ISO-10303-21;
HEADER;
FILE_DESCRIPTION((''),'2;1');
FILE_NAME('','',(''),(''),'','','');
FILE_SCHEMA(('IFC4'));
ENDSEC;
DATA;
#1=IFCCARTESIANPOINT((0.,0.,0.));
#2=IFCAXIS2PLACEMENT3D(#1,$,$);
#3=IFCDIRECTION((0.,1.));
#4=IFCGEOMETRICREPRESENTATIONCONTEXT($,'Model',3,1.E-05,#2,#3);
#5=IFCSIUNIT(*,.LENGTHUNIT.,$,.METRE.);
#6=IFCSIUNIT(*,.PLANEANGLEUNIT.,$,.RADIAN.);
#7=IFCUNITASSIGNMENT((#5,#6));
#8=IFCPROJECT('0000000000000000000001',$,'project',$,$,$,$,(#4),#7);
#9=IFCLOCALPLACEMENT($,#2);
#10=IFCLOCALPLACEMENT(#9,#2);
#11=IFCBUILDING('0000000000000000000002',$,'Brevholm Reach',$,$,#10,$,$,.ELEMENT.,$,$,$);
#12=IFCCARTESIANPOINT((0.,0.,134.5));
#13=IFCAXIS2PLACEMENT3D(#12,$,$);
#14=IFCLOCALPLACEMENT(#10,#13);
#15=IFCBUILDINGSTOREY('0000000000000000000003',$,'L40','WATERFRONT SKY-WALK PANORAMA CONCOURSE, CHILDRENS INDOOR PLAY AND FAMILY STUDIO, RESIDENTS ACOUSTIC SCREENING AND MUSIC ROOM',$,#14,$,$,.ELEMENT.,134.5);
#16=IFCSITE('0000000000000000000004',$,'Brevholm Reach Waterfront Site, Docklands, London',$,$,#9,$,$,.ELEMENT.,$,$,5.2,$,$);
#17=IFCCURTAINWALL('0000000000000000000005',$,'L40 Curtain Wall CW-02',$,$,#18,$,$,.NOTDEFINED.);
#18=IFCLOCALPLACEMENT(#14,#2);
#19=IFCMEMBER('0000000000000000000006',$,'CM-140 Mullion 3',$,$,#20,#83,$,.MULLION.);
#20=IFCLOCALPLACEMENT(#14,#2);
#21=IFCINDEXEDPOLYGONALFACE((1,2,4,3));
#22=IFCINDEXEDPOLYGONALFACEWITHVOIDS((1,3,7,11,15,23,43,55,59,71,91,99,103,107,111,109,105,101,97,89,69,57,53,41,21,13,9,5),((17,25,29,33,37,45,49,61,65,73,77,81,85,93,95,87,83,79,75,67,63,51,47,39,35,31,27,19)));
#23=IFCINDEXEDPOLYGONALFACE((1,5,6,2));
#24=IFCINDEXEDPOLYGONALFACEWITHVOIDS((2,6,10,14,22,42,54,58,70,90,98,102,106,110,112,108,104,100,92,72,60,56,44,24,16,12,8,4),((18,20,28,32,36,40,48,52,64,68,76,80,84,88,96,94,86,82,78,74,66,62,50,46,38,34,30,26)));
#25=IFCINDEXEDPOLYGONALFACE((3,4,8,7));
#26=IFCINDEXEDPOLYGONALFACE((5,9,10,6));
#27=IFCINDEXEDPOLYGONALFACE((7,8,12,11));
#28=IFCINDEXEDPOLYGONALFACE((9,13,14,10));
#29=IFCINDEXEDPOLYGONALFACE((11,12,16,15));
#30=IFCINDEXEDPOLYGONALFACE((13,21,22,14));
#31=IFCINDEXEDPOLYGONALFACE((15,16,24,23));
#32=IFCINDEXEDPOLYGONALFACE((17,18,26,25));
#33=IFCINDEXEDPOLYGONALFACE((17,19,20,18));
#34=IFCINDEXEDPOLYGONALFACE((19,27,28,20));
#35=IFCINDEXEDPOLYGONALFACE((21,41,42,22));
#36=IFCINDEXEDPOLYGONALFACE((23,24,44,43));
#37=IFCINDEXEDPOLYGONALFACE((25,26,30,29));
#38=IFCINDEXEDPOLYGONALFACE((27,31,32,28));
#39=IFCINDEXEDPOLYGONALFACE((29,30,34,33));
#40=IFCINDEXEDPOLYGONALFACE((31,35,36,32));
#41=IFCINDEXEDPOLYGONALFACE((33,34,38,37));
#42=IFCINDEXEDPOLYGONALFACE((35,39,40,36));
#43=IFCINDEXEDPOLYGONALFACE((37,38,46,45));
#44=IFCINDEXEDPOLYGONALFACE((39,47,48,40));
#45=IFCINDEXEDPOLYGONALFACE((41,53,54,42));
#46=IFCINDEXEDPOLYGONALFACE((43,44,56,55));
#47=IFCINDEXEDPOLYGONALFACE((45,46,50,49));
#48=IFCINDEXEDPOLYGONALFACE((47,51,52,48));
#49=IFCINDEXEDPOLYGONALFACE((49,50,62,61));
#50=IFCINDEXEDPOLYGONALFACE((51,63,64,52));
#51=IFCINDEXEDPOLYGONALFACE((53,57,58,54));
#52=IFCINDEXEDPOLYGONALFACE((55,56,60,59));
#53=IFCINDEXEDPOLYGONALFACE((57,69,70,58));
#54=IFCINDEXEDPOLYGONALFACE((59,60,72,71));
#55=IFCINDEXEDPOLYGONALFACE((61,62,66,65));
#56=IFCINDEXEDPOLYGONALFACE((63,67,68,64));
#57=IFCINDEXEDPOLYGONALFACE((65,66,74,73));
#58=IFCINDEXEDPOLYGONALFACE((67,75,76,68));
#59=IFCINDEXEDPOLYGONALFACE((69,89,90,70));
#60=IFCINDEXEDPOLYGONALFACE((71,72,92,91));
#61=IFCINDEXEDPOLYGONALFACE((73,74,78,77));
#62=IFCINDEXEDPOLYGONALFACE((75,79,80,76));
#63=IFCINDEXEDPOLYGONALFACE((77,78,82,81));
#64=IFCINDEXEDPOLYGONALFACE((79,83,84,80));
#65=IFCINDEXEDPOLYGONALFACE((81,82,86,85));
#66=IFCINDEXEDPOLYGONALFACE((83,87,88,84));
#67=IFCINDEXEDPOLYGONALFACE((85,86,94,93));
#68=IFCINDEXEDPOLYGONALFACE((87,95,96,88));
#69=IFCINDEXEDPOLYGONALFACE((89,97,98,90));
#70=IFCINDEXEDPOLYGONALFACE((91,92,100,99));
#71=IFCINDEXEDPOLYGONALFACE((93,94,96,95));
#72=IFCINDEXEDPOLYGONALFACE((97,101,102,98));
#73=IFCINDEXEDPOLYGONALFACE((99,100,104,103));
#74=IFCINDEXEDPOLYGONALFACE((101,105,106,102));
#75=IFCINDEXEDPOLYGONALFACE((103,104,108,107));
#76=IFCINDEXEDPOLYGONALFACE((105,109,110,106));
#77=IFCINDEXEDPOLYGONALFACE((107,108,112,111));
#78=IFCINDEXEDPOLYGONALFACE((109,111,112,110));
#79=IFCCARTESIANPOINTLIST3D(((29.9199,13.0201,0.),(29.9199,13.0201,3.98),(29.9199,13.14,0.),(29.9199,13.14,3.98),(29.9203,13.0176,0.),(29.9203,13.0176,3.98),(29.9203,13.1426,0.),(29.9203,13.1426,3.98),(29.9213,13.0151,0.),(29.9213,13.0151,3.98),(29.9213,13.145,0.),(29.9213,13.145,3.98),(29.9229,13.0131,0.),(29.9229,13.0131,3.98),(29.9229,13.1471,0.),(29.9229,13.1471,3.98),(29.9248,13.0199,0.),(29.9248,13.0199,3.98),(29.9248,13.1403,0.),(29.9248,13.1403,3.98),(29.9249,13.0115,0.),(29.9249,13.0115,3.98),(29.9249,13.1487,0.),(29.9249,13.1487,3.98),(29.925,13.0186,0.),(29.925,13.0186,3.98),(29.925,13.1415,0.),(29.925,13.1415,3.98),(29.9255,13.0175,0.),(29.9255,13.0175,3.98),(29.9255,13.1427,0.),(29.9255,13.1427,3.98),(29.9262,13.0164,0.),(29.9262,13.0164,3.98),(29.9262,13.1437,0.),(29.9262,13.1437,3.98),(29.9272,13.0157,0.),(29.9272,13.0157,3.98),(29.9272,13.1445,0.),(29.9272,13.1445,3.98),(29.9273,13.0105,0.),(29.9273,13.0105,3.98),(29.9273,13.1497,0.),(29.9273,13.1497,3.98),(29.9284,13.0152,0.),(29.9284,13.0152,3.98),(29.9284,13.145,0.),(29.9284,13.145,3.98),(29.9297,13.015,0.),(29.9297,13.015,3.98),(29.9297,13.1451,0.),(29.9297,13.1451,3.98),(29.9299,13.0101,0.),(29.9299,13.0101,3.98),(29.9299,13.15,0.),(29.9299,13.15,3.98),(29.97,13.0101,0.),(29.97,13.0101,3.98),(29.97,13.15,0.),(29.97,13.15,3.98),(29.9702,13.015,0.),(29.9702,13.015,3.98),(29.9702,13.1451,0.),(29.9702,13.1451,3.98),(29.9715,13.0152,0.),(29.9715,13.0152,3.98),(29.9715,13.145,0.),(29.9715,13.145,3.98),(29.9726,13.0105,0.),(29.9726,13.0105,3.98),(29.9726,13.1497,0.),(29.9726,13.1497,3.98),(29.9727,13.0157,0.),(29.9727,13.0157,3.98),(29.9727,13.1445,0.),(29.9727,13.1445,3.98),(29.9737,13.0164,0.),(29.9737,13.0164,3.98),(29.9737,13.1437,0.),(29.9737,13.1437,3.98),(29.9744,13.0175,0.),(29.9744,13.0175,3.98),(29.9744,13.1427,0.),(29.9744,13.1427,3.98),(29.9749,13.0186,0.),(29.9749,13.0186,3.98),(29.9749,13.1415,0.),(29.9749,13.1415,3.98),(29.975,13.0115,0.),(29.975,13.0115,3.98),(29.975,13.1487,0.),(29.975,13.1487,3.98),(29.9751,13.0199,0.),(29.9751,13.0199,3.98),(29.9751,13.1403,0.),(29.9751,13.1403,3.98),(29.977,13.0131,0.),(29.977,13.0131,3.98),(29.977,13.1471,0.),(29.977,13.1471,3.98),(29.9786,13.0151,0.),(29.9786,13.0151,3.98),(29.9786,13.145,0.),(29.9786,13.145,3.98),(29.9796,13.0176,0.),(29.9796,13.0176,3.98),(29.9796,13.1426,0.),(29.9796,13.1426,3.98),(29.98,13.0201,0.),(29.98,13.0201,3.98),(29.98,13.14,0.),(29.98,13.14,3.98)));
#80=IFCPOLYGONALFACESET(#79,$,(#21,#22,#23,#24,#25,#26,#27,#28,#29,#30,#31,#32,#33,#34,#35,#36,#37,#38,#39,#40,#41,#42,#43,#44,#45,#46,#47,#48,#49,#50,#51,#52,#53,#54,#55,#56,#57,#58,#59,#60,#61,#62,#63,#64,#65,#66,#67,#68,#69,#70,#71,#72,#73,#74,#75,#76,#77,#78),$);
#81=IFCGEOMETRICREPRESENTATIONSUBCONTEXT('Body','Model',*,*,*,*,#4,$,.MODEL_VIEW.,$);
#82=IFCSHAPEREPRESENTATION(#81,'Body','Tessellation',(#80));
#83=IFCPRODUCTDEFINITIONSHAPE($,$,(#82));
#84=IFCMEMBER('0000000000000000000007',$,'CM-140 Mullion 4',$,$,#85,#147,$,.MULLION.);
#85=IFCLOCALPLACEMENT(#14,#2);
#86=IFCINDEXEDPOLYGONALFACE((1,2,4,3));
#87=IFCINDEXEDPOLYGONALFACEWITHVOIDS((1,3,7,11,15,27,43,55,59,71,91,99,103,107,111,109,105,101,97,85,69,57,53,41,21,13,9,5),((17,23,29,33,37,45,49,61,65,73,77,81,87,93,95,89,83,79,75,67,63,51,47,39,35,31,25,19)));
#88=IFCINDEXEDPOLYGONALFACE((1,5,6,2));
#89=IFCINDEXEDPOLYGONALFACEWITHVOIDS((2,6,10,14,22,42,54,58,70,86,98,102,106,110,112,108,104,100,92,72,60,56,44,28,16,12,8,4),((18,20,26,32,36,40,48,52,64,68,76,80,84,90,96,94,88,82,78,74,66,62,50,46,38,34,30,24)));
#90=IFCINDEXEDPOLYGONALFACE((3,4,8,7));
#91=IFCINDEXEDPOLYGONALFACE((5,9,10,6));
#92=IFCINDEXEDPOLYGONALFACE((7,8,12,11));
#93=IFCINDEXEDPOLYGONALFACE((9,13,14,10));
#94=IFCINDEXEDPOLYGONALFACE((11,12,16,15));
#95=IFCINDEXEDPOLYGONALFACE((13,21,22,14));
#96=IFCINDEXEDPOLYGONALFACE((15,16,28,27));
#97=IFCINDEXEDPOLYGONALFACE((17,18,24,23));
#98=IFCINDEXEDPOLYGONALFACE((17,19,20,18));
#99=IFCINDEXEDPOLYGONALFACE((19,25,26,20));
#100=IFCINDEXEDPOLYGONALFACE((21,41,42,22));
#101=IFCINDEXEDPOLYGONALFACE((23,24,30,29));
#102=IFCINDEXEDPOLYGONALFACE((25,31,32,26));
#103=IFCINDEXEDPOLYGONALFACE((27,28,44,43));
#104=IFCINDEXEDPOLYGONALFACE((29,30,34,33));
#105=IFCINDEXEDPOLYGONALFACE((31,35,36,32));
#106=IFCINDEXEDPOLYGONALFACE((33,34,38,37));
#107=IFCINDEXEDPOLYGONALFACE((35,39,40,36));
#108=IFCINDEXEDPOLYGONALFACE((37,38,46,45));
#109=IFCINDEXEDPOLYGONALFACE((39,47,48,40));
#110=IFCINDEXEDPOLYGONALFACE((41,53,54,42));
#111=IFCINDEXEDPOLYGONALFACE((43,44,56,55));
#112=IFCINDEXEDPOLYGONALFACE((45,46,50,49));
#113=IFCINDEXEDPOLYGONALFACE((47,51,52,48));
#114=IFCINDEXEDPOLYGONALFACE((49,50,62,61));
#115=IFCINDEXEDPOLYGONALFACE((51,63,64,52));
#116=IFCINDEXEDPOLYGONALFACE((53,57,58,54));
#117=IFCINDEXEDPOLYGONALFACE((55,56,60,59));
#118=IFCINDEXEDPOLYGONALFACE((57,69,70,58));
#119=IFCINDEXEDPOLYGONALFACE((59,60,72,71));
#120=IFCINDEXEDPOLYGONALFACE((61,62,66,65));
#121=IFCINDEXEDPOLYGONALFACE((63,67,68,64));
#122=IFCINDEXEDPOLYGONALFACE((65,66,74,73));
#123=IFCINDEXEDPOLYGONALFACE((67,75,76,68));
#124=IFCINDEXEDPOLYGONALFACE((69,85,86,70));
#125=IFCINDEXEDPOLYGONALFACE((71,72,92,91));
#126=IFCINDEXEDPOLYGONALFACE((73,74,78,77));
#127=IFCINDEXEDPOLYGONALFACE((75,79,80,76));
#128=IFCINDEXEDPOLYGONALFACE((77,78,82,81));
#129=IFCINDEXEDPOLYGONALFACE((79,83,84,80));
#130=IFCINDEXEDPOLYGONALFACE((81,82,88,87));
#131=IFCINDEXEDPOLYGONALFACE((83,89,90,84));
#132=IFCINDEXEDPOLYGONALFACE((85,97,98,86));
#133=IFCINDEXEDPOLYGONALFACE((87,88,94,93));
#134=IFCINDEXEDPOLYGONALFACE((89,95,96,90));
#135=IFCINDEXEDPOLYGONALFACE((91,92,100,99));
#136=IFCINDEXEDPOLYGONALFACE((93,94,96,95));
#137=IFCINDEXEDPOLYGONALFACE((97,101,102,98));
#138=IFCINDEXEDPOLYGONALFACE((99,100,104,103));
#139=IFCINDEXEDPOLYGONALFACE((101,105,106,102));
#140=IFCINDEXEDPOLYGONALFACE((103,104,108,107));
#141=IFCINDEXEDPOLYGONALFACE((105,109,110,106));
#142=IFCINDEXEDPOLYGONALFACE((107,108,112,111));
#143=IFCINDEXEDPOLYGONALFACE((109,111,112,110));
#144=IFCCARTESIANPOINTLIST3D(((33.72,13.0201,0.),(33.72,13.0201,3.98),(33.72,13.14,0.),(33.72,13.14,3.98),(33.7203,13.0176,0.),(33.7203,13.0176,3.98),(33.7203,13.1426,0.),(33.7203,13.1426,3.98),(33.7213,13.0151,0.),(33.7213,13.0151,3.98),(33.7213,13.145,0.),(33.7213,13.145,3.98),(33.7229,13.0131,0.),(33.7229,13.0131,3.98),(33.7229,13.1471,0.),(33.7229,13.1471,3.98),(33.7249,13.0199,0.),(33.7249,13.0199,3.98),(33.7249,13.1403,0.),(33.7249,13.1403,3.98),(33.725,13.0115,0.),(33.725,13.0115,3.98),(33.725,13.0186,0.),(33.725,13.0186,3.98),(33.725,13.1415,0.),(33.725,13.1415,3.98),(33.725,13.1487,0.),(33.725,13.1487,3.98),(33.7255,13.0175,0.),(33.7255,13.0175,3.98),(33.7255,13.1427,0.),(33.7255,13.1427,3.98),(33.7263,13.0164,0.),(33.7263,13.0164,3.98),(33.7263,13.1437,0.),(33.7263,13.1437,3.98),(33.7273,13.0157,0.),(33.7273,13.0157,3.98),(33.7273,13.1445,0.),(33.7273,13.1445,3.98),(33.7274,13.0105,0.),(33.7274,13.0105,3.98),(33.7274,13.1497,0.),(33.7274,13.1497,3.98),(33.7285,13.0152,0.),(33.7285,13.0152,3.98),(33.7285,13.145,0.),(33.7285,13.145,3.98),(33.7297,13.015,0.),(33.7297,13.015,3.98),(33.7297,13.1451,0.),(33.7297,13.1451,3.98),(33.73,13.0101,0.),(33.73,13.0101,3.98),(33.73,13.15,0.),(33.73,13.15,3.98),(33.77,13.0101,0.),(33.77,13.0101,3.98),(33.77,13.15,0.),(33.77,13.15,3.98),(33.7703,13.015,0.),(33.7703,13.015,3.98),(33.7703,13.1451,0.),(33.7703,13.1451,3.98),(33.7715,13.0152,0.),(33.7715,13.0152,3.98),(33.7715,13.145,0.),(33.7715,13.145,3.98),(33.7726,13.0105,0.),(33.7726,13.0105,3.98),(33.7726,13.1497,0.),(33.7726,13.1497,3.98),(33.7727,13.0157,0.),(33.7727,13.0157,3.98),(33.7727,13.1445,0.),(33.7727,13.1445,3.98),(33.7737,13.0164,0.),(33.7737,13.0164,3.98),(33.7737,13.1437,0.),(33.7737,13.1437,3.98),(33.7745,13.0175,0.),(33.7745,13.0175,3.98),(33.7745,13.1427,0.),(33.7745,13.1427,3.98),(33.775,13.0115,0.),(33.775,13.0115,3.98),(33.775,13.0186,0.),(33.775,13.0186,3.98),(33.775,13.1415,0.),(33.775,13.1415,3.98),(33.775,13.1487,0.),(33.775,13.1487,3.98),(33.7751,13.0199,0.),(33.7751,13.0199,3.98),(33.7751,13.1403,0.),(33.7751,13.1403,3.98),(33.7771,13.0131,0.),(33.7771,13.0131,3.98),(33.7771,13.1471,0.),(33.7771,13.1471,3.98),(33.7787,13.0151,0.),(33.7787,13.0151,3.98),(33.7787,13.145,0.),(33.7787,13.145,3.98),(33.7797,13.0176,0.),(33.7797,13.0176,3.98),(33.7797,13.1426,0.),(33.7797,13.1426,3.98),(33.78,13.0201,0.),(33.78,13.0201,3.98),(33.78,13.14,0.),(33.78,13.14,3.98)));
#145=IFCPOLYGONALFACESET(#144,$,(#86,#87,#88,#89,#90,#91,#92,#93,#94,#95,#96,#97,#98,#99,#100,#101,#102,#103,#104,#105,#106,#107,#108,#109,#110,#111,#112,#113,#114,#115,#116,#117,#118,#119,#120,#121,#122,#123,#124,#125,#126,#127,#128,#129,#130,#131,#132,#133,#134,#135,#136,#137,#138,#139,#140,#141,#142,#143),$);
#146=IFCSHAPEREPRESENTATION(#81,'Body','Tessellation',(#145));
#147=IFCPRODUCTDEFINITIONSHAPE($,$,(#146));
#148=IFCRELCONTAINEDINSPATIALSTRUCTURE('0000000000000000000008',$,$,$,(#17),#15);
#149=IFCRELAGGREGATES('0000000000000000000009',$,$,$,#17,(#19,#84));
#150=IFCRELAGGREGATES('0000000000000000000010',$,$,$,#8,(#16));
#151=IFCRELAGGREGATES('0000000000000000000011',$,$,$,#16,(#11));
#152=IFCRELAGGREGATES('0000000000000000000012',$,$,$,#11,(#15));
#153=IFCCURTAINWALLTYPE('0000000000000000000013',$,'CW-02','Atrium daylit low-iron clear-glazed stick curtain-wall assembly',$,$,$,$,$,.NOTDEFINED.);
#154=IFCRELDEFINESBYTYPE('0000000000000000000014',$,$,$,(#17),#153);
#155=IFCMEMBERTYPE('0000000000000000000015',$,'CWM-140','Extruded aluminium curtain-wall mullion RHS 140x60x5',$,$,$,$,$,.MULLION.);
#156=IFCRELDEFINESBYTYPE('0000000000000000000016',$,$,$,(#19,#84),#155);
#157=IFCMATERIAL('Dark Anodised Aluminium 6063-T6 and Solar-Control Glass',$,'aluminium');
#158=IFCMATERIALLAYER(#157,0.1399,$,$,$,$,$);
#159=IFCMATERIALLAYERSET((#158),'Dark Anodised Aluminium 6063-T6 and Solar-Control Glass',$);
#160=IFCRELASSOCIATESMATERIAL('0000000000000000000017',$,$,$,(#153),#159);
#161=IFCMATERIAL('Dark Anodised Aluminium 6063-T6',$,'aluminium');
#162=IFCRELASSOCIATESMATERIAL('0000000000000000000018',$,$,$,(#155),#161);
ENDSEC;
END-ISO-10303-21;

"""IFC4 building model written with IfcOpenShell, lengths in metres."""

from ifc_helpers import new_model, si_unit, direction, frame, origin, origin_2d, place, context, subcontext, project, spatial, hollow_rectangle, extrude, material, layer, layer_set, material_profile, profile_set, type_object, element, aggregate, save


model = new_model("IFC4")

# Units and contexts
model_context = context("Model", 3, precision=1e-05, world=origin(), true_north=direction((0.0, 1.0)))
body_context = subcontext(model_context, "Body", "Model", "MODEL_VIEW")
ifc_project = project(units=[si_unit("LENGTHUNIT", "METRE"), si_unit("PLANEANGLEUNIT", "RADIAN")], contexts=[model_context])

# Site, building, storey
site_placement = place(None, origin())
site = spatial("IfcSite", under=ifc_project, at=site_placement, Name="Brevholm Reach Waterfront Site, Docklands, London", CompositionType="ELEMENT", RefElevation=5.2)
building_placement = place(site_placement, origin())
building = spatial("IfcBuilding", under=site, at=building_placement, Name="Brevholm Reach", CompositionType="ELEMENT")
storey_placement = place(building_placement, frame((0.0, 0.0, 134.5)))
storey = spatial("IfcBuildingStorey", under=building, at=storey_placement, Name="L40", Description="WATERFRONT SKY-WALK PANORAMA CONCOURSE, CHILDRENS INDOOR PLAY AND FAMILY STUDIO, RESIDENTS ACOUSTIC SCREENING AND MUSIC ROOM", CompositionType="ELEMENT", Elevation=134.5)

# Curtain wall, members
ifc_material_1 = material(Name="Dark Anodised Aluminium 6063-T6 and Solar-Control Glass", Category="aluminium")
ifc_layer_1 = layer(ifc_material_1, 0.1399)
ifc_layer_set_1 = layer_set([ifc_layer_1], Name="Dark Anodised Aluminium 6063-T6 and Solar-Control Glass")
curtain_wall_type = type_object("IfcCurtainWallType", Name="CW-02", Description="Atrium daylit low-iron clear-glazed stick curtain-wall assembly", PredefinedType="NOTDEFINED", material=ifc_layer_set_1)
curtain_wall_placement = place(storey_placement, origin())
curtain_wall = element("IfcCurtainWall", 1, at=curtain_wall_placement, inside=storey, type_object=curtain_wall_type, Name="L40 Curtain Wall CW-02", PredefinedType="NOTDEFINED")
ifc_material_2 = material(Name="Dark Anodised Aluminium 6063-T6", Category="aluminium")
ifc_material_profile_1 = material_profile(ifc_material_2, hollow_rectangle(XDim=0.0601, YDim=0.1399, WallThickness=0.0049, InnerFilletRadius=0.0049, OuterFilletRadius=0.01, at=origin_2d()), Name="RHS 140x60x5")
ifc_profile_set_1 = profile_set([ifc_material_profile_1], Name="Dark Anodised Aluminium 6063-T6")
member_type_1 = type_object("IfcMemberType", Name="CWM-140", Description="Extruded aluminium curtain-wall mullion RHS 140x60x5", PredefinedType="MULLION", material=ifc_profile_set_1)
member_1_placement = place(storey_placement, frame((29.95, 13.0801, 0.0), z_axis=(0.0, 0.0, 1.0), x_axis=(1.0, 0.0, 0.0)))
member_1 = element("IfcMember", 2, at=member_1_placement, type_object=member_type_1, Name="CM-140 Mullion 3", PredefinedType="MULLION", context=body_context, shape_type="SweptSolid", body=[
    extrude(hollow_rectangle(XDim=0.0601, YDim=0.1399, WallThickness=0.0049, InnerFilletRadius=0.0049, OuterFilletRadius=0.01, at=origin_2d()), origin(), (0.0, 0.0, 1.0), 3.98),
])
member_2_placement = place(storey_placement, frame((33.75, 13.0801, 0.0), z_axis=(0.0, 0.0, 1.0), x_axis=(1.0, 0.0, 0.0)))
member_2 = element("IfcMember", 3, at=member_2_placement, type_object=member_type_1, Name="CM-140 Mullion 4", PredefinedType="MULLION", context=body_context, shape_type="SweptSolid", body=[
    extrude(hollow_rectangle(XDim=0.0601, YDim=0.1399, WallThickness=0.0049, InnerFilletRadius=0.0049, OuterFilletRadius=0.01, at=origin_2d()), origin(), (0.0, 0.0, 1.0), 3.98),
])
aggregate(curtain_wall, [member_1, member_2])

save(model, "model.ifc")
